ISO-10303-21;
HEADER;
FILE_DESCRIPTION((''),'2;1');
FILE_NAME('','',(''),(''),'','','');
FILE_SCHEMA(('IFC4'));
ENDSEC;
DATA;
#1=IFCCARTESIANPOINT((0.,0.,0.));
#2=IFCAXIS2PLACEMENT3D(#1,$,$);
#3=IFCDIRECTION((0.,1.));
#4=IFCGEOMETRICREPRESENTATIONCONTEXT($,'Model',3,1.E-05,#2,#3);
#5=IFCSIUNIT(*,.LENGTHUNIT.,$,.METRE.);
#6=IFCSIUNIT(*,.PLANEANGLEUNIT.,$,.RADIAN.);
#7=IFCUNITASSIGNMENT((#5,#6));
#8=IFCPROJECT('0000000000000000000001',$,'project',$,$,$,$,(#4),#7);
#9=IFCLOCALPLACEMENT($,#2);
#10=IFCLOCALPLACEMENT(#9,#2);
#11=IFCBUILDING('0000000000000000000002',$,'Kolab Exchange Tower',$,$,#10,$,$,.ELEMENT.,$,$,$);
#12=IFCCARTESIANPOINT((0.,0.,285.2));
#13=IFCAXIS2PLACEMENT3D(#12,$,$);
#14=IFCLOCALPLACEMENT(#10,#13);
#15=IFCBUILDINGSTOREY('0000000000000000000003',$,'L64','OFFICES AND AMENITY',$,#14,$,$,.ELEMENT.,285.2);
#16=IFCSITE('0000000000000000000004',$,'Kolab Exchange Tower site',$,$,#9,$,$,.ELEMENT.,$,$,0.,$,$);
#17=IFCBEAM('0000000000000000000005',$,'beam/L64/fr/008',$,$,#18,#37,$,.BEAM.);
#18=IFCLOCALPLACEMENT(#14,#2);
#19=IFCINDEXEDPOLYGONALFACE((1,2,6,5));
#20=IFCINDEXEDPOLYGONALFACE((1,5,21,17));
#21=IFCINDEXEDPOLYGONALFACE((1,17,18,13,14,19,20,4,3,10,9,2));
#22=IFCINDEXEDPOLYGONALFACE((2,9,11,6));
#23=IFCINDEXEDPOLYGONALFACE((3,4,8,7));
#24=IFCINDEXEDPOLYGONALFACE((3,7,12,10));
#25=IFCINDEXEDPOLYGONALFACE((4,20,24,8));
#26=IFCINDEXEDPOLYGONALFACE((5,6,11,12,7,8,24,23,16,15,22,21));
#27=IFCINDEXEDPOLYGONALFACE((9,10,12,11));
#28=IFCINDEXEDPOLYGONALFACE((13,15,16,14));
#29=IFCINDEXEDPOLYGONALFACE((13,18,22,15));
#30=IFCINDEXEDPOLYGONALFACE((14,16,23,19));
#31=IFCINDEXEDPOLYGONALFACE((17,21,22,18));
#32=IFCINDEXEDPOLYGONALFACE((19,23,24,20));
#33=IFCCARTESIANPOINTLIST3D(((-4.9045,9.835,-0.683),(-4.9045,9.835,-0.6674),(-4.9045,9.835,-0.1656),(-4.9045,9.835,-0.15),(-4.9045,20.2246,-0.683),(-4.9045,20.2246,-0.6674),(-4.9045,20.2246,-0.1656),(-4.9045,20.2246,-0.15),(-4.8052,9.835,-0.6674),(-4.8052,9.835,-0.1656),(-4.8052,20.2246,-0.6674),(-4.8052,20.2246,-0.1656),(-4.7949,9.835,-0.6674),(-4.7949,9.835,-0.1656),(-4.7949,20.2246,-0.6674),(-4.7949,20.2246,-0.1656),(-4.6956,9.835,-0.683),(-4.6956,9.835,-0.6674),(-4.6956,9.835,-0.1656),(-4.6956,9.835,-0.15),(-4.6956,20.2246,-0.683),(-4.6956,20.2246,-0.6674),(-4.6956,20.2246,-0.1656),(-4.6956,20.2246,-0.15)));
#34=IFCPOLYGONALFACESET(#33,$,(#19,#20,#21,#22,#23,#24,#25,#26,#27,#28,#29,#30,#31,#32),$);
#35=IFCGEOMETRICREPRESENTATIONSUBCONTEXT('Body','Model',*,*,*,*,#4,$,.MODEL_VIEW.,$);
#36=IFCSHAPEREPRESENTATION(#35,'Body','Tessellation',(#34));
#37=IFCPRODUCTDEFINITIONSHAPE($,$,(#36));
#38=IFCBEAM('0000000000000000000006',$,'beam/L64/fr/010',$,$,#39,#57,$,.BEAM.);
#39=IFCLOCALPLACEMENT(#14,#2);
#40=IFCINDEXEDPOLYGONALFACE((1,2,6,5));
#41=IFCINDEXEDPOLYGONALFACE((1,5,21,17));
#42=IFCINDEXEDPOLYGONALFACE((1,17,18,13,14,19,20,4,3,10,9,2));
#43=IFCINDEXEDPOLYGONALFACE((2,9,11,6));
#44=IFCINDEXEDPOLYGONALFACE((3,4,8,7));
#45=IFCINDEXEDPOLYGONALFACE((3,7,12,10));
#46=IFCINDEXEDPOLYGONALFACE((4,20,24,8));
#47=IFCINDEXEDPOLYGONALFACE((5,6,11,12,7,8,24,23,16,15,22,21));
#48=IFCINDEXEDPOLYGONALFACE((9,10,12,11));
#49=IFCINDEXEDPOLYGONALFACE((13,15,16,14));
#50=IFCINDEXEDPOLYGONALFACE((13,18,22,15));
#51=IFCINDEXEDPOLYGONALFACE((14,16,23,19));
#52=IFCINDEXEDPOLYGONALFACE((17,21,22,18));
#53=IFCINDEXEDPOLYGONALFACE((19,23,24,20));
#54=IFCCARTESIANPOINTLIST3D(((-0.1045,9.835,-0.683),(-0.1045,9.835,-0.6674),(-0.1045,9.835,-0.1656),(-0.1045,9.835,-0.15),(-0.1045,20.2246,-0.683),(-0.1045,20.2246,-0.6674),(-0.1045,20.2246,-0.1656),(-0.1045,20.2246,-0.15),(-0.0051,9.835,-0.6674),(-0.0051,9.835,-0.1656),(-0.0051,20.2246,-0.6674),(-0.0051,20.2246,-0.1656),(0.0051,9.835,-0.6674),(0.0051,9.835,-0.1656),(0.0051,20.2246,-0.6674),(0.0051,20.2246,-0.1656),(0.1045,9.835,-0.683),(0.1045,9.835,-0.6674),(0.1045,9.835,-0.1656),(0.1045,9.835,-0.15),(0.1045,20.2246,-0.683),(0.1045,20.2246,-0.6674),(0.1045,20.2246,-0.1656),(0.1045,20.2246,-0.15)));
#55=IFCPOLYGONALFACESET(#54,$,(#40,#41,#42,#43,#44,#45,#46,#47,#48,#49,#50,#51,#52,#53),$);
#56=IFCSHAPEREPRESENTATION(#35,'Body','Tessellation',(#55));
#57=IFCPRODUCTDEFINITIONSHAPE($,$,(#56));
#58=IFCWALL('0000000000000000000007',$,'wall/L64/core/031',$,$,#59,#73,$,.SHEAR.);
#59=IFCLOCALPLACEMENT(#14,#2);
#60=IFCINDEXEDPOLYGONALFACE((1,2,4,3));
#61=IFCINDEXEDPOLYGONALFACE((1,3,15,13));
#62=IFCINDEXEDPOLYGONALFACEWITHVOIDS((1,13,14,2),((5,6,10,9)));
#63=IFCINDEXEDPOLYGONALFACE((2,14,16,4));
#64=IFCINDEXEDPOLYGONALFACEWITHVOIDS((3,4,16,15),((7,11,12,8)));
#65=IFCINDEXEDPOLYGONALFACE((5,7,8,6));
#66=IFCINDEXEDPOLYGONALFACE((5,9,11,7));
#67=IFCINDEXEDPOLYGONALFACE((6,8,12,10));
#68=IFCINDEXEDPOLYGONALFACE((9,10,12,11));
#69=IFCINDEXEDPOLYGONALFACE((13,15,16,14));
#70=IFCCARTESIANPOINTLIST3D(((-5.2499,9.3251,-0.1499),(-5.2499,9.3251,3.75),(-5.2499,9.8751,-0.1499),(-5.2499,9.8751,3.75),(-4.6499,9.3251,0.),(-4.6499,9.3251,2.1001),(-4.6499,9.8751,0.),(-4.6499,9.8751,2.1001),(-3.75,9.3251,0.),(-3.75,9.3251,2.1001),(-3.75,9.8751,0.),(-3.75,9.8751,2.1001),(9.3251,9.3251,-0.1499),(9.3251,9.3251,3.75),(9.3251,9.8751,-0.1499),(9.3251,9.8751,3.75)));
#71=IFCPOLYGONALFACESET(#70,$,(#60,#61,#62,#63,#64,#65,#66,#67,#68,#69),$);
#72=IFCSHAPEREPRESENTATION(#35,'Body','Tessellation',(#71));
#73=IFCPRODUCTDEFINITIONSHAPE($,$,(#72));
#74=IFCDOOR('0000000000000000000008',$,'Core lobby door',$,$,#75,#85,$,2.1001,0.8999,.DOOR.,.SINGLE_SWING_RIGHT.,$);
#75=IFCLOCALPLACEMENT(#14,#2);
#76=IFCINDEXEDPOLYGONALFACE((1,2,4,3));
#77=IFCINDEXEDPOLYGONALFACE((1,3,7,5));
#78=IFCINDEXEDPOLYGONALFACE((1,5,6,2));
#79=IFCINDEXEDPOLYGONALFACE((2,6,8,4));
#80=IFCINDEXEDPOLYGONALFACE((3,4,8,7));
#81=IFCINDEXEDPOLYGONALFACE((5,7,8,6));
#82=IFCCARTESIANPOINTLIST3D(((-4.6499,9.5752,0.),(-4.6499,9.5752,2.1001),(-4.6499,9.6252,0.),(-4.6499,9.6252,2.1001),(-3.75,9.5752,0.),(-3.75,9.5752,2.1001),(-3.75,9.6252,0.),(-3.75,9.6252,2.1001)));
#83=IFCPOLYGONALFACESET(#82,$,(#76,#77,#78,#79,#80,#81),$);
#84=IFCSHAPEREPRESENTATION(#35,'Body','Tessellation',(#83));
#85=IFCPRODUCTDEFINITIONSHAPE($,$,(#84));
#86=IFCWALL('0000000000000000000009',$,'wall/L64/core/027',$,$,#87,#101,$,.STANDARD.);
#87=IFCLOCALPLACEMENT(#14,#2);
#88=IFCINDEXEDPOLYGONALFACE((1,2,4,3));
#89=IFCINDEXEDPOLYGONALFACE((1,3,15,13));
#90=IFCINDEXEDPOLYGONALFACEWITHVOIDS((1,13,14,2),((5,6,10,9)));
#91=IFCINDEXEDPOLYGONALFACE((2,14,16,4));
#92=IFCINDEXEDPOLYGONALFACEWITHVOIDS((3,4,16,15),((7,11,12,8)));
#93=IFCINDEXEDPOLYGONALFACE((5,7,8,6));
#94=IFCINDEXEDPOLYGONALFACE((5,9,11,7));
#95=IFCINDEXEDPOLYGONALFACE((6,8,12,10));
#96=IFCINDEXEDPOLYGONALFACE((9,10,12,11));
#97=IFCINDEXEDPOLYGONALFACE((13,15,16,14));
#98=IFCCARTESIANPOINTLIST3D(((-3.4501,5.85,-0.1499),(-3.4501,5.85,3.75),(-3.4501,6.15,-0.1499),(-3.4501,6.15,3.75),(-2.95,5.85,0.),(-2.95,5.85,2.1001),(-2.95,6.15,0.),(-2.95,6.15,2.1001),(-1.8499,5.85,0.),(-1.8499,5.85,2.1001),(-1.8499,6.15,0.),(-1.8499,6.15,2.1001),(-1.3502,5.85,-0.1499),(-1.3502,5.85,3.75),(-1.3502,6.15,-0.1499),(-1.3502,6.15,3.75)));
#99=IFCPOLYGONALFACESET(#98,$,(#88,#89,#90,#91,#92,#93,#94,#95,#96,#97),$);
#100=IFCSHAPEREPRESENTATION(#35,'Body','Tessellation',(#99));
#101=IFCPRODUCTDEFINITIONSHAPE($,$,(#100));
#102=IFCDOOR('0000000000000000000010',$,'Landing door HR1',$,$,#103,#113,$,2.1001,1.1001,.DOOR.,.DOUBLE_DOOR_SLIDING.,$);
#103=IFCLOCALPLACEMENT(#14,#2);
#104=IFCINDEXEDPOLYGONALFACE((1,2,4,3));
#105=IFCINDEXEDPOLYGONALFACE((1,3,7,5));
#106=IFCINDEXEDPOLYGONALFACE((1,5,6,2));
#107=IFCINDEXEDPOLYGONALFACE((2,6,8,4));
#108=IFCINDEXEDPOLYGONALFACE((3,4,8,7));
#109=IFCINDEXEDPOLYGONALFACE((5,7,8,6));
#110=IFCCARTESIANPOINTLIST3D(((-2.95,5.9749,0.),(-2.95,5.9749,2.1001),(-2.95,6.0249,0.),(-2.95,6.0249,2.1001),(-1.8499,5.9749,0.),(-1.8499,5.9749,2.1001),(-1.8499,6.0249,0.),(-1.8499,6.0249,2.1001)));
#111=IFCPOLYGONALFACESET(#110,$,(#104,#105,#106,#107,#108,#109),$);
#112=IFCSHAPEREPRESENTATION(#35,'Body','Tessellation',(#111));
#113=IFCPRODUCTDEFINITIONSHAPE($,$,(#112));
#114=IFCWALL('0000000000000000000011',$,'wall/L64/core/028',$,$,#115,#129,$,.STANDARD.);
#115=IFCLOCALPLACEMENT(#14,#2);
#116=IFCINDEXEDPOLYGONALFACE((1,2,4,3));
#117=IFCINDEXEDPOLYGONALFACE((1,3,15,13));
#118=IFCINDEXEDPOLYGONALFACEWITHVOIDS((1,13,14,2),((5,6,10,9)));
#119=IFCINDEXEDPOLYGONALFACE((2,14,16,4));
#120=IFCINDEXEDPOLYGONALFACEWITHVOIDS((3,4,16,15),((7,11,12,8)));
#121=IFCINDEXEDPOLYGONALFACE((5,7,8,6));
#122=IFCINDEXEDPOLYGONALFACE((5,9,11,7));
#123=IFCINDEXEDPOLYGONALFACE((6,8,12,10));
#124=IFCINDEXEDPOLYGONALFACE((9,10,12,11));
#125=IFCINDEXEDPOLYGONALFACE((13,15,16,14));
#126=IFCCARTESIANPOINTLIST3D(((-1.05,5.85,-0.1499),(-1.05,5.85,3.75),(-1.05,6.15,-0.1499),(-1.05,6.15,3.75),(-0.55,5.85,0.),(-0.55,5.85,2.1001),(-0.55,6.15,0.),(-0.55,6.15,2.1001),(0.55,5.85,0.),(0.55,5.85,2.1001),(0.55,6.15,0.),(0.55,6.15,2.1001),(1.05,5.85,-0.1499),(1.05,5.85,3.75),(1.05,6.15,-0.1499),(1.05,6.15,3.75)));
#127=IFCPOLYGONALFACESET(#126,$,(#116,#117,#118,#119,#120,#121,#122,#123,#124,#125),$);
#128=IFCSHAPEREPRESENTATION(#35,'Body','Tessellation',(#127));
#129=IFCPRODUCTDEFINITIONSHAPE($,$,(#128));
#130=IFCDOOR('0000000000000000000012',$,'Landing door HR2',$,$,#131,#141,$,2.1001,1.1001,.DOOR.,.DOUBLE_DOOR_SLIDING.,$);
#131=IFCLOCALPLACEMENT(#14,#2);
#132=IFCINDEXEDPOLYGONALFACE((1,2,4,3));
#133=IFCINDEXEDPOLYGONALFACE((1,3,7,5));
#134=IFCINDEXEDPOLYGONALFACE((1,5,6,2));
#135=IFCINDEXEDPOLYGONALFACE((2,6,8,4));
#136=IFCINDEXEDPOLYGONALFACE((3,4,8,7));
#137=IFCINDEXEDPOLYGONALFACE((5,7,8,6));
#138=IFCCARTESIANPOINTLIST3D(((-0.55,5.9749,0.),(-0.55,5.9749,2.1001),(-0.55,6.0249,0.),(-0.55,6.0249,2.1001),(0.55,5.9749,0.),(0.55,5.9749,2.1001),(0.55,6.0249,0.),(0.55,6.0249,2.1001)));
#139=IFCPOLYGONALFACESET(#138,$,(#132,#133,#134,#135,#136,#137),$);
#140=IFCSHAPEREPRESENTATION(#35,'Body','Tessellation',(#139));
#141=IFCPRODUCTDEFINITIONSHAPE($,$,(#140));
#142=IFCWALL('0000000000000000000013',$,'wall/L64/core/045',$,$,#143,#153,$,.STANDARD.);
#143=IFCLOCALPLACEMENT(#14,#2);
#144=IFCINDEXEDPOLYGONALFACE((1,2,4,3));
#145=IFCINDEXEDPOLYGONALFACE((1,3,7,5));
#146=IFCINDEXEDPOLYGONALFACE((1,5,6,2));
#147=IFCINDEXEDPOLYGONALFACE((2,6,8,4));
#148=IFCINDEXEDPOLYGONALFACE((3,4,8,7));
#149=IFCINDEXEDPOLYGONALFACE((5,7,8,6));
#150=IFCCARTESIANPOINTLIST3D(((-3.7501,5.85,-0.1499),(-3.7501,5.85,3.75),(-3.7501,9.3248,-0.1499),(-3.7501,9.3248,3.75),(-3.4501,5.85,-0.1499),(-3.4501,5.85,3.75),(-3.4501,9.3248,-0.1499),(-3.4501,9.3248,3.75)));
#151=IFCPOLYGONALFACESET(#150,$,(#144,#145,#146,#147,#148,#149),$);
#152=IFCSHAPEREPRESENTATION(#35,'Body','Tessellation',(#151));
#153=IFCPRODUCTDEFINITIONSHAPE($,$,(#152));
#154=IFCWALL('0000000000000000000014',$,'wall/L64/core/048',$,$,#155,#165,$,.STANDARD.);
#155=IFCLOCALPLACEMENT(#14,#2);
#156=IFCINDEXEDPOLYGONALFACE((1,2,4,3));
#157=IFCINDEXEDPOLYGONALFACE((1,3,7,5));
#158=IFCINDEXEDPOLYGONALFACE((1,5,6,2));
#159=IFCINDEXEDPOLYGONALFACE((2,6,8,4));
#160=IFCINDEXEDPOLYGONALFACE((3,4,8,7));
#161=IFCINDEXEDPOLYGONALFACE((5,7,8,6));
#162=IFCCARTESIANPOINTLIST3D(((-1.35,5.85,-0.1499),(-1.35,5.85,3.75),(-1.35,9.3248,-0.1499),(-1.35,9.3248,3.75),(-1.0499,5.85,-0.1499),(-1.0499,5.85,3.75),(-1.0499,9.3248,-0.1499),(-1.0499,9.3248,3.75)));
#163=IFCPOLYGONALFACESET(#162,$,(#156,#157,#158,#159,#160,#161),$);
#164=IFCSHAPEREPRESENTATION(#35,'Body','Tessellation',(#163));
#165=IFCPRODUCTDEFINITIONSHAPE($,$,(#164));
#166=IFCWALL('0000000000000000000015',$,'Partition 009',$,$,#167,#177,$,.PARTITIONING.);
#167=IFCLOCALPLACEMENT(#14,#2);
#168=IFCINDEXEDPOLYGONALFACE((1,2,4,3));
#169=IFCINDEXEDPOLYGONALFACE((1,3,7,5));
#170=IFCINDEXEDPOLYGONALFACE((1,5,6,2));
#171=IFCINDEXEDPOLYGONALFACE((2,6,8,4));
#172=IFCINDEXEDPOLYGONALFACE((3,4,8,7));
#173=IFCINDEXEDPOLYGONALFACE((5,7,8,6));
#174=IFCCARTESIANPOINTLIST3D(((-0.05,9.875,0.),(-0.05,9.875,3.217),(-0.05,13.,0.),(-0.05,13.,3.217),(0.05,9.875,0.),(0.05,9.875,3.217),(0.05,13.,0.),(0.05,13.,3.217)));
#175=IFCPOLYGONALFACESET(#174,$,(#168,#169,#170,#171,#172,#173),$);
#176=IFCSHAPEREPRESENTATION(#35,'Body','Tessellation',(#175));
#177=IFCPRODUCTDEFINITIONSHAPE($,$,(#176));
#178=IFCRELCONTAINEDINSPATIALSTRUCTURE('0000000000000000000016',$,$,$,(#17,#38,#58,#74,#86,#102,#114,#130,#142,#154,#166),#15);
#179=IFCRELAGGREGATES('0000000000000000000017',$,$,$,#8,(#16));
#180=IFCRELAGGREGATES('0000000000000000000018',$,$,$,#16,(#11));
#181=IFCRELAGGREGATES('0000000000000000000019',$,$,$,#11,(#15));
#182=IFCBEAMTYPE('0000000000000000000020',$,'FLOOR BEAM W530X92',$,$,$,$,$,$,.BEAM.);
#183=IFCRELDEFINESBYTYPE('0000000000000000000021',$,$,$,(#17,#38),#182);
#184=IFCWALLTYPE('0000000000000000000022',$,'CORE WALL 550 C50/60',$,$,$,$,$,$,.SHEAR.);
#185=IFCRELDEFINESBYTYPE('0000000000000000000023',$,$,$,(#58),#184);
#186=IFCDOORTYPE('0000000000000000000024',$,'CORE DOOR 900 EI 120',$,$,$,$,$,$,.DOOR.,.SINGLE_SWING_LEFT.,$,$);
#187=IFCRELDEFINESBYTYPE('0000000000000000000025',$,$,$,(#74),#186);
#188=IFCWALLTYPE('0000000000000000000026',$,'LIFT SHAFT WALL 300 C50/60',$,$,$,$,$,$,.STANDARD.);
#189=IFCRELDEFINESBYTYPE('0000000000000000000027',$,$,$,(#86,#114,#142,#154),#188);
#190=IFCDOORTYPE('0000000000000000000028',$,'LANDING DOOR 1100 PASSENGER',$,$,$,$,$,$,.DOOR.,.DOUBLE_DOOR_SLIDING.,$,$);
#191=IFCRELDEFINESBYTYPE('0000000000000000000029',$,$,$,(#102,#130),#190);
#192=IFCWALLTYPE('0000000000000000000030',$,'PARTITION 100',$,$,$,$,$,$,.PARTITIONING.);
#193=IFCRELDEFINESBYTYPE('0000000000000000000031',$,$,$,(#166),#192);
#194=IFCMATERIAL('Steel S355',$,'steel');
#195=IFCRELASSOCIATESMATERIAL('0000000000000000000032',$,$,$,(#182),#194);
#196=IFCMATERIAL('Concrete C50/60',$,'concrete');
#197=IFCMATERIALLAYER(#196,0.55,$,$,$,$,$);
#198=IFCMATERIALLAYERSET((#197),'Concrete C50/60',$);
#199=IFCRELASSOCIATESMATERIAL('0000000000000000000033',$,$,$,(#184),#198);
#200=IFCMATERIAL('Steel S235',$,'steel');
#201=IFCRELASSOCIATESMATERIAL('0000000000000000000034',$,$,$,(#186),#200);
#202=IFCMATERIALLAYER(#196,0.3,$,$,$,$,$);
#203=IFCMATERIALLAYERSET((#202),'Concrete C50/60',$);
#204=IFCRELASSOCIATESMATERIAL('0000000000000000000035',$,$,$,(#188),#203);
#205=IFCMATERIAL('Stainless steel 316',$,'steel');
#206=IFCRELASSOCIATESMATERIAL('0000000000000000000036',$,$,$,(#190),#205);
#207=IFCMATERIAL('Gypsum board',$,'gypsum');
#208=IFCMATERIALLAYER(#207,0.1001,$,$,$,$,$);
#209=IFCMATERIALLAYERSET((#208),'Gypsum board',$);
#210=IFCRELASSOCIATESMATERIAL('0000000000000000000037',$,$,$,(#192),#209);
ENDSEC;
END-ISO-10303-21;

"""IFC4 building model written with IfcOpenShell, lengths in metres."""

from ifc_helpers import new_model, si_unit, direction, frame, frame_2d, origin, origin_2d, place, context, subcontext, project, spatial, rectangle, i_section, extrude, material, layer, layer_set, material_profile, profile_set, type_object, element, fill, save


model = new_model("IFC4")

# Units and contexts
model_context = context("Model", 3, precision=1e-05, world=origin(), true_north=direction((0.0, 1.0)))
body_context = subcontext(model_context, "Body", "Model", "MODEL_VIEW")
ifc_project = project(units=[si_unit("LENGTHUNIT", "METRE"), si_unit("PLANEANGLEUNIT", "RADIAN")], contexts=[model_context])

# Site, building, storey
site_placement = place(None, origin())
site = spatial("IfcSite", under=ifc_project, at=site_placement, Name="Kolab Exchange Tower site", CompositionType="ELEMENT", RefElevation=0.0)
building_placement = place(site_placement, origin())
building = spatial("IfcBuilding", under=site, at=building_placement, Name="Kolab Exchange Tower", CompositionType="ELEMENT")
storey_placement = place(building_placement, frame((0.0, 0.0, 285.2)))
storey = spatial("IfcBuildingStorey", under=building, at=storey_placement, Name="L64", Description="OFFICES AND AMENITY", CompositionType="ELEMENT", Elevation=285.2)

# Beams
ifc_material_1 = material(Name="Steel S355", Category="steel")
ifc_material_profile = material_profile(ifc_material_1, i_section(OverallWidth=0.209, OverallDepth=0.533, WebThickness=0.0103, FlangeThickness=0.0156, at=origin_2d()), Name="W530X92")
ifc_profile_set = profile_set([ifc_material_profile], Name="Steel S355")
beam_type = type_object("IfcBeamType", Name="FLOOR BEAM W530X92", PredefinedType="BEAM", material=ifc_profile_set)
for number, where, z_axis, x_axis, name in (
    (1, (-4.8, 9.835, -0.4165), (0.0, 1.0, 0.0), (-1.0, 0.0, 0.0), "beam/L64/fr/008"),
    (2, (0.0, 9.835, -0.4165), (0.0, 1.0, 0.0), (-1.0, 0.0, 0.0), "beam/L64/fr/010"),
):
    element("IfcBeam", number, at=place(storey_placement, frame(where, z_axis=z_axis, x_axis=x_axis)), inside=storey, type_object=beam_type, Name=name, PredefinedType="BEAM", context=body_context, shape_type="SweptSolid", body=[
        extrude(i_section(OverallWidth=0.209, OverallDepth=0.533, WebThickness=0.0103, FlangeThickness=0.0156, at=origin_2d()), origin(), (0.0, 0.0, 1.0), 10.3896),
    ])

# Walls, openings, doors
ifc_material_2 = material(Name="Concrete C50/60", Category="concrete")
ifc_layer_1 = layer(ifc_material_2, 0.55)
ifc_layer_set_1 = layer_set([ifc_layer_1], Name="Concrete C50/60")
wall_type_1 = type_object("IfcWallType", Name="CORE WALL 550 C50/60", PredefinedType="SHEAR", material=ifc_layer_set_1)
wall_1_placement = place(storey_placement, frame((-5.25, 9.6001, -0.1499), z_axis=(0.0, 0.0, 1.0), x_axis=(1.0, 0.0, 0.0)))
wall_1 = element("IfcWall", 3, at=wall_1_placement, inside=storey, type_object=wall_type_1, Name="wall/L64/core/031", PredefinedType="SHEAR", context=body_context, shape_type="SweptSolid", body=[
    extrude(rectangle(XDim=14.575, YDim=0.55, at=frame_2d((7.2876, 0.0))), origin(), (0.0, 0.0, 1.0), 3.8999),
])
opening_1_placement = place(wall_1_placement, frame((0.6001, 0.0, 0.1499)))
opening_1 = element("IfcOpeningElement", 4, at=opening_1_placement, cuts=wall_1, PredefinedType="OPENING", context=body_context, shape_type="SweptSolid", body=[
    extrude(rectangle(XDim=0.8999, YDim=2.1001, at=frame_2d((0.45, 1.05))), frame((0.0, 0.2852, 0.0), z_axis=(0.0, -1.0, 0.0), x_axis=(1.0, 0.0, 0.0)), (0.0, 0.0, 1.0), 0.5701),
])
ifc_material_3 = material(Name="Steel S235", Category="steel")
door_type_1 = type_object("IfcDoorType", Name="CORE DOOR 900 EI 120", OperationType="SINGLE_SWING_LEFT", PredefinedType="DOOR", material=ifc_material_3)
door_1_placement = place(opening_1_placement, frame((0.8999, 0.0, 0.0), z_axis=(0.0, 0.0, 1.0), x_axis=(-1.0, 0.0, 0.0)))
door_1 = element("IfcDoor", 5, at=door_1_placement, inside=storey, type_object=door_type_1, Name="Core lobby door", OperationType="SINGLE_SWING_RIGHT", OverallHeight=2.1001, OverallWidth=0.8999, PredefinedType="DOOR", context=body_context, shape_type="SweptSolid", body=[
    extrude(rectangle(XDim=0.8999, YDim=2.1001, at=frame_2d((0.45, 1.05))), frame((0.0, 0.0249, 0.0), z_axis=(0.0, -1.0, 0.0), x_axis=(1.0, 0.0, 0.0)), (0.0, 0.0, 1.0), 0.05),
])
fill(opening_1, door_1)
ifc_layer_2 = layer(ifc_material_2, 0.3)
ifc_layer_set_2 = layer_set([ifc_layer_2], Name="Concrete C50/60")
wall_type_2 = type_object("IfcWallType", Name="LIFT SHAFT WALL 300 C50/60", PredefinedType="STANDARD", material=ifc_layer_set_2)
wall_2_placement = place(storey_placement, frame((-3.45, 6.0, -0.1499), z_axis=(0.0, 0.0, 1.0), x_axis=(1.0, 0.0, 0.0)))
wall_2 = element("IfcWall", 6, at=wall_2_placement, inside=storey, type_object=wall_type_2, Name="wall/L64/core/027", PredefinedType="STANDARD", context=body_context, shape_type="SweptSolid", body=[
    extrude(rectangle(XDim=2.0999, YDim=0.3, at=frame_2d((1.0498, 0.0))), origin(), (0.0, 0.0, 1.0), 3.8999),
])
opening_2_placement = place(wall_2_placement, frame((0.5, 0.0, 0.1499)))
opening_2 = element("IfcOpeningElement", 7, at=opening_2_placement, cuts=wall_2, PredefinedType="OPENING", context=body_context, shape_type="SweptSolid", body=[
    extrude(rectangle(XDim=1.1001, YDim=2.1001, at=frame_2d((0.55, 1.05))), frame((0.0, 0.1602, 0.0), z_axis=(0.0, -1.0, 0.0), x_axis=(1.0, 0.0, 0.0)), (0.0, 0.0, 1.0), 0.3201),
])
ifc_material_4 = material(Name="Stainless steel 316", Category="steel")
door_type_2 = type_object("IfcDoorType", Name="LANDING DOOR 1100 PASSENGER", OperationType="DOUBLE_DOOR_SLIDING", PredefinedType="DOOR", material=ifc_material_4)
door_2_placement = place(opening_2_placement, origin())
door_2 = element("IfcDoor", 8, at=door_2_placement, inside=storey, type_object=door_type_2, Name="Landing door HR1", OperationType="DOUBLE_DOOR_SLIDING", OverallHeight=2.1001, OverallWidth=1.1001, PredefinedType="DOOR", context=body_context, shape_type="SweptSolid", body=[
    extrude(rectangle(XDim=1.1001, YDim=2.1001, at=frame_2d((0.55, 1.05))), frame((0.0, 0.0249, 0.0), z_axis=(0.0, -1.0, 0.0), x_axis=(1.0, 0.0, 0.0)), (0.0, 0.0, 1.0), 0.05),
])
fill(opening_2, door_2)
wall_3_placement = place(storey_placement, frame((-1.05, 6.0, -0.1499), z_axis=(0.0, 0.0, 1.0), x_axis=(1.0, 0.0, 0.0)))
wall_3 = element("IfcWall", 9, at=wall_3_placement, inside=storey, type_object=wall_type_2, Name="wall/L64/core/028", PredefinedType="STANDARD", context=body_context, shape_type="SweptSolid", body=[
    extrude(rectangle(XDim=2.1001, YDim=0.3, at=frame_2d((1.05, 0.0))), origin(), (0.0, 0.0, 1.0), 3.8999),
])
opening_3_placement = place(wall_3_placement, frame((0.5, 0.0, 0.1499)))
opening_3 = element("IfcOpeningElement", 10, at=opening_3_placement, cuts=wall_3, PredefinedType="OPENING", context=body_context, shape_type="SweptSolid", body=[
    extrude(rectangle(XDim=1.1001, YDim=2.1001, at=frame_2d((0.55, 1.05))), frame((0.0, 0.1602, 0.0), z_axis=(0.0, -1.0, 0.0), x_axis=(1.0, 0.0, 0.0)), (0.0, 0.0, 1.0), 0.3201),
])
door_3_placement = place(opening_3_placement, origin())
door_3 = element("IfcDoor", 11, at=door_3_placement, inside=storey, type_object=door_type_2, Name="Landing door HR2", OperationType="DOUBLE_DOOR_SLIDING", OverallHeight=2.1001, OverallWidth=1.1001, PredefinedType="DOOR", context=body_context, shape_type="SweptSolid", body=[
    extrude(rectangle(XDim=1.1001, YDim=2.1001, at=frame_2d((0.55, 1.05))), frame((0.0, 0.0249, 0.0), z_axis=(0.0, -1.0, 0.0), x_axis=(1.0, 0.0, 0.0)), (0.0, 0.0, 1.0), 0.05),
])
fill(opening_3, door_3)

# Walls
for number, where, z_axis, x_axis, name in (
    (12, (-3.6001, 5.8501, -0.1499), (0.0, 0.0, 1.0), (0.0, 1.0, 0.0), "wall/L64/core/045"),
    (13, (-1.2, 5.8501, -0.1499), (0.0, 0.0, 1.0), (0.0, 1.0, 0.0), "wall/L64/core/048"),
):
    element("IfcWall", number, at=place(storey_placement, frame(where, z_axis=z_axis, x_axis=x_axis)), inside=storey, type_object=wall_type_2, Name=name, PredefinedType="STANDARD", context=body_context, shape_type="SweptSolid", body=[
        extrude(rectangle(XDim=3.4749, YDim=0.3, at=frame_2d((1.7373, 0.0))), origin(), (0.0, 0.0, 1.0), 3.8999),
    ])
ifc_material_5 = material(Name="Gypsum board", Category="gypsum")
ifc_layer_3 = layer(ifc_material_5, 0.1001)
ifc_layer_set_3 = layer_set([ifc_layer_3], Name="Gypsum board")
wall_type_3 = type_object("IfcWallType", Name="PARTITION 100", PredefinedType="PARTITIONING", material=ifc_layer_set_3)
wall_4_placement = place(storey_placement, frame((0.0, 9.875, 0.0), z_axis=(0.0, 0.0, 1.0), x_axis=(0.0, 1.0, 0.0)))
element("IfcWall", 14, at=wall_4_placement, inside=storey, type_object=wall_type_3, Name="Partition 009", PredefinedType="PARTITIONING", context=body_context, shape_type="SweptSolid", body=[
    extrude(rectangle(XDim=3.125, YDim=0.1001, at=frame_2d((1.5625, 0.0))), origin(), (0.0, 0.0, 1.0), 3.217),
])

save(model, "model.ifc")
